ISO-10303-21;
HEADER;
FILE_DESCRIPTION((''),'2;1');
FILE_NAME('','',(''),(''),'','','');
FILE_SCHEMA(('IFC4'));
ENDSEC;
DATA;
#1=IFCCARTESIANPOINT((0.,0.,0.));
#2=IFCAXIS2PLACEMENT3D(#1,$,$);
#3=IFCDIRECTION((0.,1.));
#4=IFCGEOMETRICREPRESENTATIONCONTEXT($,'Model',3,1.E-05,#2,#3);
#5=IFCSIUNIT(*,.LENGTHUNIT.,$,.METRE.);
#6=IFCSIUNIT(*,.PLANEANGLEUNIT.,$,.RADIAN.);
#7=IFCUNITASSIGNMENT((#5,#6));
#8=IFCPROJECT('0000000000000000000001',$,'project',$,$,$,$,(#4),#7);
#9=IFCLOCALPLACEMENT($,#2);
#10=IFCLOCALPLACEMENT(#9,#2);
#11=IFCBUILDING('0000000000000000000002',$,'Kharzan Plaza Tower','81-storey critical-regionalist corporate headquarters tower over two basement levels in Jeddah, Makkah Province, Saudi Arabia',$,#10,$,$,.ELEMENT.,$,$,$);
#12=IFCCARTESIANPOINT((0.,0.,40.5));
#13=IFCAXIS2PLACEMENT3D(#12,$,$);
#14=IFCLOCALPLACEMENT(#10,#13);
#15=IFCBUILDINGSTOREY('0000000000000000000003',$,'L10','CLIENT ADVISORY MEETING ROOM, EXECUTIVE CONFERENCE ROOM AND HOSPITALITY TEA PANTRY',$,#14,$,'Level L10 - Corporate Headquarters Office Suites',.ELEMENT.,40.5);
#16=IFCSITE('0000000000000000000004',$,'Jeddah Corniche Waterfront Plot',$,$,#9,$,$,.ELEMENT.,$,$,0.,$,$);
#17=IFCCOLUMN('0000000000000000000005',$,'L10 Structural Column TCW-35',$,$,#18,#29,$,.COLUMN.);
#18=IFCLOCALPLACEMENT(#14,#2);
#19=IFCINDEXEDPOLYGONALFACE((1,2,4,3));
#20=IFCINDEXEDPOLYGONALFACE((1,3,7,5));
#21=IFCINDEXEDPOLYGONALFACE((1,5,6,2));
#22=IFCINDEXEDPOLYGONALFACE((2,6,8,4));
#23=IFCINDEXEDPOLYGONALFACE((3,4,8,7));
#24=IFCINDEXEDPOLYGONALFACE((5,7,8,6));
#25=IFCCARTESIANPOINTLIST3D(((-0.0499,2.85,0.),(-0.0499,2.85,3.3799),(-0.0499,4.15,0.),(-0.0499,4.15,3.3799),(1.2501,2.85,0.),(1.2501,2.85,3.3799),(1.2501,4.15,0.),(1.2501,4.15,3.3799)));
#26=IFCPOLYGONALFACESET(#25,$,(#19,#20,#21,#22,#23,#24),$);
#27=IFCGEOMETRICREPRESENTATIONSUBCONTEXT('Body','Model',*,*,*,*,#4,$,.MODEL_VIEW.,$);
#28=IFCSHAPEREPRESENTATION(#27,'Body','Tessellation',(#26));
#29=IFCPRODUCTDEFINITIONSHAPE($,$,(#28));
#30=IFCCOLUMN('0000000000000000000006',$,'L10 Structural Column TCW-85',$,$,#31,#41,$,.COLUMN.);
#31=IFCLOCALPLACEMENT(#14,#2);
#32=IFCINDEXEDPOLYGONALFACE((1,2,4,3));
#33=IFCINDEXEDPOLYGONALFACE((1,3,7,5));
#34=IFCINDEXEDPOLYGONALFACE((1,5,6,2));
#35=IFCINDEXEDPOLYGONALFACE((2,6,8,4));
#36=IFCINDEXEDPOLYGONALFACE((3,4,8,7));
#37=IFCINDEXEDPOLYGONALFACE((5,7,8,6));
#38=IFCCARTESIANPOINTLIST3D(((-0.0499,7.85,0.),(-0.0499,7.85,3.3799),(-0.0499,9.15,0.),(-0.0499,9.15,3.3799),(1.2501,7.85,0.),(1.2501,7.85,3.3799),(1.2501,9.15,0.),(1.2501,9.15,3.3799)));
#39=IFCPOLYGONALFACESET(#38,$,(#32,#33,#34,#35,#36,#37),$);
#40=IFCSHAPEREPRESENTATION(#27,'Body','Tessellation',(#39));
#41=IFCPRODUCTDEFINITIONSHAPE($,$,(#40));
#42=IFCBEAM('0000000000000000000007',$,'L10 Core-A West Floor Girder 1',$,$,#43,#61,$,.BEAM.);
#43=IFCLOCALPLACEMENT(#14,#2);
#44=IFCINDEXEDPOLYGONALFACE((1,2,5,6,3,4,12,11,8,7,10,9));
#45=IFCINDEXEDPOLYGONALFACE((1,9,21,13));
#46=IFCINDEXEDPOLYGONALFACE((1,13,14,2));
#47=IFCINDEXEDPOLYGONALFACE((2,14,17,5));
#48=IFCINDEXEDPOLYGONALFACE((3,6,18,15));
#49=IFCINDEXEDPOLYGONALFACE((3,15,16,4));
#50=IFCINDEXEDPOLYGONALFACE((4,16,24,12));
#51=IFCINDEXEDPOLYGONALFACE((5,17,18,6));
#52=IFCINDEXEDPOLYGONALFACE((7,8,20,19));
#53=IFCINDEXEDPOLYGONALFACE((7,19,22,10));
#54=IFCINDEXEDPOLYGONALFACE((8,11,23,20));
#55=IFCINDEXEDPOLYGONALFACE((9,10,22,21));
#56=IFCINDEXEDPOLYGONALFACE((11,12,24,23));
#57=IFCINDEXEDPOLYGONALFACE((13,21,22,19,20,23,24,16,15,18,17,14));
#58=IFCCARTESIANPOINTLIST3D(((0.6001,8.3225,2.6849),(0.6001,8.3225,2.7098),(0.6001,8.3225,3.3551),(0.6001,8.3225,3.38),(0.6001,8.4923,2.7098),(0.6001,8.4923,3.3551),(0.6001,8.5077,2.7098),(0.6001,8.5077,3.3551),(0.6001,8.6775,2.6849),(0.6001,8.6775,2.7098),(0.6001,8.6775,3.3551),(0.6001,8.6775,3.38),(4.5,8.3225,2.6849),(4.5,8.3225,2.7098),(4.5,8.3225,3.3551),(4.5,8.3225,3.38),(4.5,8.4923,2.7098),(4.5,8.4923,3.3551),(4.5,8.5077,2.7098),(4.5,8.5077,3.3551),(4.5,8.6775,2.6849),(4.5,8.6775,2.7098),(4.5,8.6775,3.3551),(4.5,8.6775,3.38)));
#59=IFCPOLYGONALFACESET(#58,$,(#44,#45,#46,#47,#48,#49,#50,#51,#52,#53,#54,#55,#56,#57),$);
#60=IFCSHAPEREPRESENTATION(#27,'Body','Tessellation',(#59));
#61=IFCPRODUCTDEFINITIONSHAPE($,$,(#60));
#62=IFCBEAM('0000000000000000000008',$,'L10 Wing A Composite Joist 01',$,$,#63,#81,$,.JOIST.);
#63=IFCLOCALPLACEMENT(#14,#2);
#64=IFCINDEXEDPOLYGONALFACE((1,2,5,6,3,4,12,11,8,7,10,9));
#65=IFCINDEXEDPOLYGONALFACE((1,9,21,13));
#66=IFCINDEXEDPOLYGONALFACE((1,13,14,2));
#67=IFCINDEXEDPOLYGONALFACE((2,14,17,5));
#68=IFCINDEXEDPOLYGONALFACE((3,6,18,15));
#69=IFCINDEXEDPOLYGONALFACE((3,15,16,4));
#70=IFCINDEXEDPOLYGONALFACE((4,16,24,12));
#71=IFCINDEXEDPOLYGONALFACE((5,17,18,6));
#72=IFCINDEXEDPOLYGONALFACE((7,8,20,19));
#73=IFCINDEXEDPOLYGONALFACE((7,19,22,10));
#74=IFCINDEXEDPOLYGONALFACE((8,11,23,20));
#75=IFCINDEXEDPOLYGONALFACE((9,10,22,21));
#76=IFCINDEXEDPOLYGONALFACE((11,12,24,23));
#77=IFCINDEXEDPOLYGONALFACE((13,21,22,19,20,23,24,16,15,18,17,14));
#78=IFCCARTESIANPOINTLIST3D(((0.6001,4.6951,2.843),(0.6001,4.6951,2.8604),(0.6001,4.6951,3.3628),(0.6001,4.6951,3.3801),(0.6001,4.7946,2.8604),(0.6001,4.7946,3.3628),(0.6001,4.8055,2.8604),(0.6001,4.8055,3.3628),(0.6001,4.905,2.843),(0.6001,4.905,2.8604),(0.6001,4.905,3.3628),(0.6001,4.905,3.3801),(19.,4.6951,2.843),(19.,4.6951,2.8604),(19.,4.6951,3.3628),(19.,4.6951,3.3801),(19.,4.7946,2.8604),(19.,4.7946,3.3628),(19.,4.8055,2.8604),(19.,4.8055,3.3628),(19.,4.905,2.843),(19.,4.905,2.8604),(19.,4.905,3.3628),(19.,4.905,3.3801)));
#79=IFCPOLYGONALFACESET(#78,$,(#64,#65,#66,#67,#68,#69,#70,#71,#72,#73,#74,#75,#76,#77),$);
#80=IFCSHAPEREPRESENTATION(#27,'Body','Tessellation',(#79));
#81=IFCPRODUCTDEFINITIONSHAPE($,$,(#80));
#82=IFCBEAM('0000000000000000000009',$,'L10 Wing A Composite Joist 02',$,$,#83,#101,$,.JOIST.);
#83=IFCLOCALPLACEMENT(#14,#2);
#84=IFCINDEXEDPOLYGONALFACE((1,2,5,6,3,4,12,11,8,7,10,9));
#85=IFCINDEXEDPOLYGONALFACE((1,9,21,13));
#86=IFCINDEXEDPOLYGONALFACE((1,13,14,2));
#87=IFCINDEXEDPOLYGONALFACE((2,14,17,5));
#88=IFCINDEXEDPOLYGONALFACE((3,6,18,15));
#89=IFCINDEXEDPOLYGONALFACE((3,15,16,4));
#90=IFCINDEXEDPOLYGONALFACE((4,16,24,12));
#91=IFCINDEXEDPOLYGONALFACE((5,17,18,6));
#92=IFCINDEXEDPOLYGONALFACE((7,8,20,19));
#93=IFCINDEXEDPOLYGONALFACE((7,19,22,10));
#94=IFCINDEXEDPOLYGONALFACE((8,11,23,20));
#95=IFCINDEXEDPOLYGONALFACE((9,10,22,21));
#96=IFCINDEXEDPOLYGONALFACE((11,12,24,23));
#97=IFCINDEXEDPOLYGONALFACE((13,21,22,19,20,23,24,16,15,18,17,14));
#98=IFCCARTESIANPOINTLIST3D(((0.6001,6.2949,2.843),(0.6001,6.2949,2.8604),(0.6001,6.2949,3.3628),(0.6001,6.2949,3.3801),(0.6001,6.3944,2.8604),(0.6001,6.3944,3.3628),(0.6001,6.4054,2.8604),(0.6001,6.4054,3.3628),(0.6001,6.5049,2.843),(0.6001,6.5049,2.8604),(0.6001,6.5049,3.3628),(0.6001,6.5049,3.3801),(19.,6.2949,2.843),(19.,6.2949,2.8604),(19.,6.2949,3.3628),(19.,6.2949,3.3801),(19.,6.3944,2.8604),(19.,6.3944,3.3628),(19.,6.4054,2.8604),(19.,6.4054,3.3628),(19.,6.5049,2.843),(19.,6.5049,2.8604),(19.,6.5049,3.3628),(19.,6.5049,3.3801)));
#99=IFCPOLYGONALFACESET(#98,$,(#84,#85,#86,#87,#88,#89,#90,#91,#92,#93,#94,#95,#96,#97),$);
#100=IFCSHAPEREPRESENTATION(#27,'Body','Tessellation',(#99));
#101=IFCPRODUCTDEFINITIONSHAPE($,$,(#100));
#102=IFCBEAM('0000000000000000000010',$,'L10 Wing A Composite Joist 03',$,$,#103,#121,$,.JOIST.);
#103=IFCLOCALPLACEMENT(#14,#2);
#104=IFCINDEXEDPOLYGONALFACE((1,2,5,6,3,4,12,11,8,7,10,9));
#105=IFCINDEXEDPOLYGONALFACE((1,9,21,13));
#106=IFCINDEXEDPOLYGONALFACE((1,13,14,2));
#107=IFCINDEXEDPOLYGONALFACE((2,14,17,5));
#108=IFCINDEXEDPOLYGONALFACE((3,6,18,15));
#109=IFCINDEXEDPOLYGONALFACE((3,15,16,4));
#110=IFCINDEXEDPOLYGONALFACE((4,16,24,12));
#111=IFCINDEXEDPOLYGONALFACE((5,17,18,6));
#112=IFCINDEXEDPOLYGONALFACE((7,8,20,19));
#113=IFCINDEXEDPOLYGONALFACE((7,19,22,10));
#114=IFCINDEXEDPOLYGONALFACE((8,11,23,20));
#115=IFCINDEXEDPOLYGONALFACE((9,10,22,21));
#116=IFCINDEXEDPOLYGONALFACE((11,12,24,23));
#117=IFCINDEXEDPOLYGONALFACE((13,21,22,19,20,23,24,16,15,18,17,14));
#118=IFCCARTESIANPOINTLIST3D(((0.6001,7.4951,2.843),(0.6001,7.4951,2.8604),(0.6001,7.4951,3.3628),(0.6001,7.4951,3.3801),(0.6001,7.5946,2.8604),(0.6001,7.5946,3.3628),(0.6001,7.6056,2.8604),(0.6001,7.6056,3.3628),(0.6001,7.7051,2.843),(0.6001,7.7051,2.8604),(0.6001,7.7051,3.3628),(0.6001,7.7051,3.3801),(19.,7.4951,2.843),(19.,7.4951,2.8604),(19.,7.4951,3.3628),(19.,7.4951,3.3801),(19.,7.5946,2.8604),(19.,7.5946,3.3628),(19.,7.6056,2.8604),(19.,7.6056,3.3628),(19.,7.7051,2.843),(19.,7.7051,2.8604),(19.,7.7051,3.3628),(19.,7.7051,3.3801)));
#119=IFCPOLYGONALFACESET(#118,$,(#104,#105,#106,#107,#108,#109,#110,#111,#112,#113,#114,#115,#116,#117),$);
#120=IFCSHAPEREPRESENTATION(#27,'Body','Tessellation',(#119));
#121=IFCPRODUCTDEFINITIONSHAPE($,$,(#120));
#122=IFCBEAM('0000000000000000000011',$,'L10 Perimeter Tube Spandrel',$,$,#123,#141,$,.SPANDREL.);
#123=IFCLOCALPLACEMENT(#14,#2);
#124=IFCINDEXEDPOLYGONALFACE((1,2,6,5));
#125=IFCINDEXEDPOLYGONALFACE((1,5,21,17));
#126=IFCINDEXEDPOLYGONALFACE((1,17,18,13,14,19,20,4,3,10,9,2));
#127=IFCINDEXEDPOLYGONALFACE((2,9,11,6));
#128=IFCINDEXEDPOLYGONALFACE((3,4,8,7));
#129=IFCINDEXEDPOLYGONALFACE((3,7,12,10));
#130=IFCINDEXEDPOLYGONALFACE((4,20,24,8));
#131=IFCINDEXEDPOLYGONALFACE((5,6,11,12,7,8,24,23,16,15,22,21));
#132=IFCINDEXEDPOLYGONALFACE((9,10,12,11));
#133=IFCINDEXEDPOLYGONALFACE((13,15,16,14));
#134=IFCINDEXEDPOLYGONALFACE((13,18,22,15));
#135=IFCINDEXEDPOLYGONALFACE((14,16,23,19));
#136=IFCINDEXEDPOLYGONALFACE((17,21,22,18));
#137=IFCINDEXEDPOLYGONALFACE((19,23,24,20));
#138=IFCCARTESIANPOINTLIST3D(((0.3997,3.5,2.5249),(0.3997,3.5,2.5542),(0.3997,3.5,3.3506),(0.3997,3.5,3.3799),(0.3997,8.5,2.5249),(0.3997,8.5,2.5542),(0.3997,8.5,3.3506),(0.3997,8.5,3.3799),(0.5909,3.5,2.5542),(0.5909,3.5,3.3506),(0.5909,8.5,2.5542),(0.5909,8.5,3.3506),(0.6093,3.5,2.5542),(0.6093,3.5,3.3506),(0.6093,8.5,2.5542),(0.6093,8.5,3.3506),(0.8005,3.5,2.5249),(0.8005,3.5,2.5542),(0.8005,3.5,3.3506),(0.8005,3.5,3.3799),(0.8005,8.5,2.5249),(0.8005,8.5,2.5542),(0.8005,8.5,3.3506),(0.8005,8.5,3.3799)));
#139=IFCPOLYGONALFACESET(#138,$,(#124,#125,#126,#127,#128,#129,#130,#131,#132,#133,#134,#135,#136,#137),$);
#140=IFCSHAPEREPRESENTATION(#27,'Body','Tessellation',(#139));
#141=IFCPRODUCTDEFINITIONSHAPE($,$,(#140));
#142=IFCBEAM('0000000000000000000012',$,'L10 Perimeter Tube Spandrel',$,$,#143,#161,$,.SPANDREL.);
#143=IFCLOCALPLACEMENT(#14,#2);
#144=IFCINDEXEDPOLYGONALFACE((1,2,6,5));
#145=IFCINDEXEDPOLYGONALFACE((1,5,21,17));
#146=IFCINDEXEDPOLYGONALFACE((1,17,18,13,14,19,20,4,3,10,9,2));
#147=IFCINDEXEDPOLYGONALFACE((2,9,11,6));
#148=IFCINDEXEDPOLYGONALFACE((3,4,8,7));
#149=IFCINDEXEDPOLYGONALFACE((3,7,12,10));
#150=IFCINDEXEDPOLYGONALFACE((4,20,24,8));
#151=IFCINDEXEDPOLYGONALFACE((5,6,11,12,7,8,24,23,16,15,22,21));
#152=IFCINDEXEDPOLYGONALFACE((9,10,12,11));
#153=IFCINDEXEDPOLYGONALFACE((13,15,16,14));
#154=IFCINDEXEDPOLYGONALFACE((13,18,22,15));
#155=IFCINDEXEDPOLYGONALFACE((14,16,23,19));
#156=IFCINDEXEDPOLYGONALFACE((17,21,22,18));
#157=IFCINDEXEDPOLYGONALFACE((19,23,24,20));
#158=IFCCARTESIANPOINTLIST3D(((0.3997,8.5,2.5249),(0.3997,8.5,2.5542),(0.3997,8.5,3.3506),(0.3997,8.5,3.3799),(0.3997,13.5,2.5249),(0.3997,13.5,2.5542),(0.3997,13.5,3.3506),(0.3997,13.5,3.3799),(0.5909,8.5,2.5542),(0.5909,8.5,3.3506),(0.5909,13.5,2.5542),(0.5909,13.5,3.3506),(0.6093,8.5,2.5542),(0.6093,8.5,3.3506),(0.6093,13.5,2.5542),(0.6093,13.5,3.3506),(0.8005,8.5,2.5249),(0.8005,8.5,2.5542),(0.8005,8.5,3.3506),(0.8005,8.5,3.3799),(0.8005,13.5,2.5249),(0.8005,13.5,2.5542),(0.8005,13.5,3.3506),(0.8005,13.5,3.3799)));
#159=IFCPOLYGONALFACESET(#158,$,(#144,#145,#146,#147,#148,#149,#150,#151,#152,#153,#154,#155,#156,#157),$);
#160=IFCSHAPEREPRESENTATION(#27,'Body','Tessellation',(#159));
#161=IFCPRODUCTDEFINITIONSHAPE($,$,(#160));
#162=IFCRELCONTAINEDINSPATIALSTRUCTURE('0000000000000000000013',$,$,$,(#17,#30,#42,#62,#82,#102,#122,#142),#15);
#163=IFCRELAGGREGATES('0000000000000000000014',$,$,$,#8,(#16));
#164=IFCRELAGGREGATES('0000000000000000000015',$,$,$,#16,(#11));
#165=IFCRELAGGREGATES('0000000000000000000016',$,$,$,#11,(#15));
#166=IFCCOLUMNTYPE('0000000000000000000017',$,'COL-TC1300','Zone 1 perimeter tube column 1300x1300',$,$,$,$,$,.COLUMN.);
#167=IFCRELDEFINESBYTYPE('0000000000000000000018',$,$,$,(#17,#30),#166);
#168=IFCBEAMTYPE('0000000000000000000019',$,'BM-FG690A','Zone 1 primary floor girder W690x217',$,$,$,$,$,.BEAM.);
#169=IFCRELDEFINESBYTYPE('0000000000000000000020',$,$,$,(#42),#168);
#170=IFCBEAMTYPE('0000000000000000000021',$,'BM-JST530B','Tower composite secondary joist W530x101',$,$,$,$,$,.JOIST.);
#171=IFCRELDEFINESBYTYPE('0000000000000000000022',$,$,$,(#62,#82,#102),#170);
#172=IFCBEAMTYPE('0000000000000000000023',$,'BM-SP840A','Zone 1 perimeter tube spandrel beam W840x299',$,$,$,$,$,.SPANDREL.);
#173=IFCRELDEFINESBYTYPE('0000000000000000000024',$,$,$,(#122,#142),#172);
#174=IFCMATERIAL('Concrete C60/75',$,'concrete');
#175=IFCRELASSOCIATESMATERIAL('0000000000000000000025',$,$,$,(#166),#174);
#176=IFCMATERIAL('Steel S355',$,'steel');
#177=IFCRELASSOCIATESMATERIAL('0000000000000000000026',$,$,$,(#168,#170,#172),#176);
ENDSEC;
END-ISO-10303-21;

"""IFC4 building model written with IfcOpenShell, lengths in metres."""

from ifc_helpers import new_model, si_unit, direction, frame, origin, origin_2d, place, context, subcontext, project, spatial, rectangle, i_section, extrude, source, transform, mapped, material, material_profile, profile_set, type_object, element, save


model = new_model("IFC4")

# Units and contexts
model_context = context("Model", 3, precision=1e-05, world=origin(), true_north=direction((0.0, 1.0)))
body_context = subcontext(model_context, "Body", "Model", "MODEL_VIEW")
ifc_project = project(units=[si_unit("LENGTHUNIT", "METRE"), si_unit("PLANEANGLEUNIT", "RADIAN")], contexts=[model_context])

# Site, building, storey
site_placement = place(None, origin())
site = spatial("IfcSite", under=ifc_project, at=site_placement, Name="Jeddah Corniche Waterfront Plot", CompositionType="ELEMENT", RefElevation=0.0)
building_placement = place(site_placement, origin())
building = spatial("IfcBuilding", under=site, at=building_placement, Name="Kharzan Plaza Tower", Description="81-storey critical-regionalist corporate headquarters tower over two basement levels in Jeddah, Makkah Province, Saudi Arabia", CompositionType="ELEMENT")
storey_placement = place(building_placement, frame((0.0, 0.0, 40.5)))
storey = spatial("IfcBuildingStorey", under=building, at=storey_placement, Name="L10", Description="CLIENT ADVISORY MEETING ROOM, EXECUTIVE CONFERENCE ROOM AND HOSPITALITY TEA PANTRY", LongName="Level L10 - Corporate Headquarters Office Suites", CompositionType="ELEMENT", Elevation=40.5)

# Columns
ifc_material_1 = material(Name="Concrete C60/75", Category="concrete")
ifc_material_profile_1 = material_profile(ifc_material_1, rectangle(XDim=1.3, YDim=1.3, at=origin_2d()), Name="RC-TC1300x1300")
ifc_profile_set_1 = profile_set([ifc_material_profile_1], Name="Concrete C60/75")
column_type = type_object("IfcColumnType", Name="COL-TC1300", Description="Zone 1 perimeter tube column 1300x1300", PredefinedType="COLUMN", material=ifc_profile_set_1)
shared_shape_1 = source(origin(), body_context, "Body", "SweptSolid", [
    extrude(rectangle(XDim=1.3, YDim=1.3, at=origin_2d()), origin(), (0.0, 0.0, 1.0), 3.3799),
])
for number, where, z_axis, x_axis, name in (
    (1, (0.6001, 3.5, 0.0), (0.0, 0.0, 1.0), (1.0, 0.0, 0.0), "L10 Structural Column TCW-35"),
    (2, (0.6001, 8.5, 0.0), (0.0, 0.0, 1.0), (1.0, 0.0, 0.0), "L10 Structural Column TCW-85"),
):
    element("IfcColumn", number, at=place(storey_placement, frame(where, z_axis=z_axis, x_axis=x_axis)), inside=storey, type_object=column_type, Name=name, PredefinedType="COLUMN", context=body_context, shape_type="MappedRepresentation", body=[
        mapped(shared_shape_1, transform((0.0, 0.0, 0.0), x_axis=(1.0, 0.0, 0.0), y_axis=(0.0, 1.0, 0.0), z_axis=(0.0, 0.0, 1.0))),
    ])

# Beams
ifc_material_2 = material(Name="Steel S355", Category="steel")
ifc_material_profile_2 = material_profile(ifc_material_2, i_section(OverallWidth=0.355, OverallDepth=0.6951, WebThickness=0.0154, FlangeThickness=0.0249, at=origin_2d()), Name="W690x217")
ifc_profile_set_2 = profile_set([ifc_material_profile_2], Name="Steel S355")
beam_type_1 = type_object("IfcBeamType", Name="BM-FG690A", Description="Zone 1 primary floor girder W690x217", PredefinedType="BEAM", material=ifc_profile_set_2)
shared_shape_2 = source(origin(), body_context, "Body", "SweptSolid", [
    extrude(i_section(OverallWidth=0.355, OverallDepth=0.6951, WebThickness=0.0154, FlangeThickness=0.0249, at=origin_2d()), origin(), (0.0, 0.0, 1.0), 3.8999),
])
beam_placement = place(storey_placement, frame((0.6001, 8.5, 3.0325), z_axis=(1.0, 0.0, 0.0), x_axis=(0.0, 1.0, 0.0)))
element("IfcBeam", 3, at=beam_placement, inside=storey, type_object=beam_type_1, Name="L10 Core-A West Floor Girder 1", PredefinedType="BEAM", context=body_context, shape_type="MappedRepresentation", body=[
    mapped(shared_shape_2, transform((0.0, 0.0, 0.0), x_axis=(1.0, 0.0, 0.0), y_axis=(0.0, 1.0, 0.0), z_axis=(0.0, 0.0, 1.0))),
])
ifc_material_profile_3 = material_profile(ifc_material_2, i_section(OverallWidth=0.21, OverallDepth=0.5371, WebThickness=0.011, FlangeThickness=0.0173, at=origin_2d()), Name="W530x101")
ifc_profile_set_3 = profile_set([ifc_material_profile_3], Name="Steel S355")
beam_type_2 = type_object("IfcBeamType", Name="BM-JST530B", Description="Tower composite secondary joist W530x101", PredefinedType="JOIST", material=ifc_profile_set_3)
shared_shape_3 = source(origin(), body_context, "Body", "SweptSolid", [
    extrude(i_section(OverallWidth=0.21, OverallDepth=0.5371, WebThickness=0.011, FlangeThickness=0.0173, at=origin_2d()), origin(), (0.0, 0.0, 1.0), 18.3999),
])
for number, where, z_axis, x_axis, name in (
    (4, (0.6001, 4.8, 3.1116), (1.0, 0.0, 0.0), (0.0, 1.0, 0.0), "L10 Wing A Composite Joist 01"),
    (5, (0.6001, 6.3999, 3.1116), (1.0, 0.0, 0.0), (0.0, 1.0, 0.0), "L10 Wing A Composite Joist 02"),
    (6, (0.6001, 7.6001, 3.1116), (1.0, 0.0, 0.0), (0.0, 1.0, 0.0), "L10 Wing A Composite Joist 03"),
):
    element("IfcBeam", number, at=place(storey_placement, frame(where, z_axis=z_axis, x_axis=x_axis)), inside=storey, type_object=beam_type_2, Name=name, PredefinedType="JOIST", context=body_context, shape_type="MappedRepresentation", body=[
        mapped(shared_shape_3, transform((0.0, 0.0, 0.0), x_axis=(1.0, 0.0, 0.0), y_axis=(0.0, 1.0, 0.0), z_axis=(0.0, 0.0, 1.0))),
    ])
ifc_material_profile_4 = material_profile(ifc_material_2, i_section(OverallWidth=0.4009, OverallDepth=0.855, WebThickness=0.0183, FlangeThickness=0.0293, at=origin_2d()), Name="W840x299")
ifc_profile_set_4 = profile_set([ifc_material_profile_4], Name="Steel S355")
beam_type_3 = type_object("IfcBeamType", Name="BM-SP840A", Description="Zone 1 perimeter tube spandrel beam W840x299", PredefinedType="SPANDREL", material=ifc_profile_set_4)
shared_shape_4 = source(origin(), body_context, "Body", "SweptSolid", [
    extrude(i_section(OverallWidth=0.4009, OverallDepth=0.855, WebThickness=0.0183, FlangeThickness=0.0293, at=origin_2d()), origin(), (0.0, 0.0, 1.0), 5.0),
])
for number, where, z_axis, x_axis, name in (
    (7, (0.6001, 3.5, 2.9524), (0.0, 1.0, 0.0), (-1.0, 0.0, 0.0), "L10 Perimeter Tube Spandrel"),
    (8, (0.6001, 8.5, 2.9524), (0.0, 1.0, 0.0), (-1.0, 0.0, 0.0), "L10 Perimeter Tube Spandrel"),
):
    element("IfcBeam", number, at=place(storey_placement, frame(where, z_axis=z_axis, x_axis=x_axis)), inside=storey, type_object=beam_type_3, Name=name, PredefinedType="SPANDREL", context=body_context, shape_type="MappedRepresentation", body=[
        mapped(shared_shape_4, transform((0.0, 0.0, 0.0), x_axis=(1.0, 0.0, 0.0), y_axis=(0.0, 1.0, 0.0), z_axis=(0.0, 0.0, 1.0))),
    ])

save(model, "model.ifc")
